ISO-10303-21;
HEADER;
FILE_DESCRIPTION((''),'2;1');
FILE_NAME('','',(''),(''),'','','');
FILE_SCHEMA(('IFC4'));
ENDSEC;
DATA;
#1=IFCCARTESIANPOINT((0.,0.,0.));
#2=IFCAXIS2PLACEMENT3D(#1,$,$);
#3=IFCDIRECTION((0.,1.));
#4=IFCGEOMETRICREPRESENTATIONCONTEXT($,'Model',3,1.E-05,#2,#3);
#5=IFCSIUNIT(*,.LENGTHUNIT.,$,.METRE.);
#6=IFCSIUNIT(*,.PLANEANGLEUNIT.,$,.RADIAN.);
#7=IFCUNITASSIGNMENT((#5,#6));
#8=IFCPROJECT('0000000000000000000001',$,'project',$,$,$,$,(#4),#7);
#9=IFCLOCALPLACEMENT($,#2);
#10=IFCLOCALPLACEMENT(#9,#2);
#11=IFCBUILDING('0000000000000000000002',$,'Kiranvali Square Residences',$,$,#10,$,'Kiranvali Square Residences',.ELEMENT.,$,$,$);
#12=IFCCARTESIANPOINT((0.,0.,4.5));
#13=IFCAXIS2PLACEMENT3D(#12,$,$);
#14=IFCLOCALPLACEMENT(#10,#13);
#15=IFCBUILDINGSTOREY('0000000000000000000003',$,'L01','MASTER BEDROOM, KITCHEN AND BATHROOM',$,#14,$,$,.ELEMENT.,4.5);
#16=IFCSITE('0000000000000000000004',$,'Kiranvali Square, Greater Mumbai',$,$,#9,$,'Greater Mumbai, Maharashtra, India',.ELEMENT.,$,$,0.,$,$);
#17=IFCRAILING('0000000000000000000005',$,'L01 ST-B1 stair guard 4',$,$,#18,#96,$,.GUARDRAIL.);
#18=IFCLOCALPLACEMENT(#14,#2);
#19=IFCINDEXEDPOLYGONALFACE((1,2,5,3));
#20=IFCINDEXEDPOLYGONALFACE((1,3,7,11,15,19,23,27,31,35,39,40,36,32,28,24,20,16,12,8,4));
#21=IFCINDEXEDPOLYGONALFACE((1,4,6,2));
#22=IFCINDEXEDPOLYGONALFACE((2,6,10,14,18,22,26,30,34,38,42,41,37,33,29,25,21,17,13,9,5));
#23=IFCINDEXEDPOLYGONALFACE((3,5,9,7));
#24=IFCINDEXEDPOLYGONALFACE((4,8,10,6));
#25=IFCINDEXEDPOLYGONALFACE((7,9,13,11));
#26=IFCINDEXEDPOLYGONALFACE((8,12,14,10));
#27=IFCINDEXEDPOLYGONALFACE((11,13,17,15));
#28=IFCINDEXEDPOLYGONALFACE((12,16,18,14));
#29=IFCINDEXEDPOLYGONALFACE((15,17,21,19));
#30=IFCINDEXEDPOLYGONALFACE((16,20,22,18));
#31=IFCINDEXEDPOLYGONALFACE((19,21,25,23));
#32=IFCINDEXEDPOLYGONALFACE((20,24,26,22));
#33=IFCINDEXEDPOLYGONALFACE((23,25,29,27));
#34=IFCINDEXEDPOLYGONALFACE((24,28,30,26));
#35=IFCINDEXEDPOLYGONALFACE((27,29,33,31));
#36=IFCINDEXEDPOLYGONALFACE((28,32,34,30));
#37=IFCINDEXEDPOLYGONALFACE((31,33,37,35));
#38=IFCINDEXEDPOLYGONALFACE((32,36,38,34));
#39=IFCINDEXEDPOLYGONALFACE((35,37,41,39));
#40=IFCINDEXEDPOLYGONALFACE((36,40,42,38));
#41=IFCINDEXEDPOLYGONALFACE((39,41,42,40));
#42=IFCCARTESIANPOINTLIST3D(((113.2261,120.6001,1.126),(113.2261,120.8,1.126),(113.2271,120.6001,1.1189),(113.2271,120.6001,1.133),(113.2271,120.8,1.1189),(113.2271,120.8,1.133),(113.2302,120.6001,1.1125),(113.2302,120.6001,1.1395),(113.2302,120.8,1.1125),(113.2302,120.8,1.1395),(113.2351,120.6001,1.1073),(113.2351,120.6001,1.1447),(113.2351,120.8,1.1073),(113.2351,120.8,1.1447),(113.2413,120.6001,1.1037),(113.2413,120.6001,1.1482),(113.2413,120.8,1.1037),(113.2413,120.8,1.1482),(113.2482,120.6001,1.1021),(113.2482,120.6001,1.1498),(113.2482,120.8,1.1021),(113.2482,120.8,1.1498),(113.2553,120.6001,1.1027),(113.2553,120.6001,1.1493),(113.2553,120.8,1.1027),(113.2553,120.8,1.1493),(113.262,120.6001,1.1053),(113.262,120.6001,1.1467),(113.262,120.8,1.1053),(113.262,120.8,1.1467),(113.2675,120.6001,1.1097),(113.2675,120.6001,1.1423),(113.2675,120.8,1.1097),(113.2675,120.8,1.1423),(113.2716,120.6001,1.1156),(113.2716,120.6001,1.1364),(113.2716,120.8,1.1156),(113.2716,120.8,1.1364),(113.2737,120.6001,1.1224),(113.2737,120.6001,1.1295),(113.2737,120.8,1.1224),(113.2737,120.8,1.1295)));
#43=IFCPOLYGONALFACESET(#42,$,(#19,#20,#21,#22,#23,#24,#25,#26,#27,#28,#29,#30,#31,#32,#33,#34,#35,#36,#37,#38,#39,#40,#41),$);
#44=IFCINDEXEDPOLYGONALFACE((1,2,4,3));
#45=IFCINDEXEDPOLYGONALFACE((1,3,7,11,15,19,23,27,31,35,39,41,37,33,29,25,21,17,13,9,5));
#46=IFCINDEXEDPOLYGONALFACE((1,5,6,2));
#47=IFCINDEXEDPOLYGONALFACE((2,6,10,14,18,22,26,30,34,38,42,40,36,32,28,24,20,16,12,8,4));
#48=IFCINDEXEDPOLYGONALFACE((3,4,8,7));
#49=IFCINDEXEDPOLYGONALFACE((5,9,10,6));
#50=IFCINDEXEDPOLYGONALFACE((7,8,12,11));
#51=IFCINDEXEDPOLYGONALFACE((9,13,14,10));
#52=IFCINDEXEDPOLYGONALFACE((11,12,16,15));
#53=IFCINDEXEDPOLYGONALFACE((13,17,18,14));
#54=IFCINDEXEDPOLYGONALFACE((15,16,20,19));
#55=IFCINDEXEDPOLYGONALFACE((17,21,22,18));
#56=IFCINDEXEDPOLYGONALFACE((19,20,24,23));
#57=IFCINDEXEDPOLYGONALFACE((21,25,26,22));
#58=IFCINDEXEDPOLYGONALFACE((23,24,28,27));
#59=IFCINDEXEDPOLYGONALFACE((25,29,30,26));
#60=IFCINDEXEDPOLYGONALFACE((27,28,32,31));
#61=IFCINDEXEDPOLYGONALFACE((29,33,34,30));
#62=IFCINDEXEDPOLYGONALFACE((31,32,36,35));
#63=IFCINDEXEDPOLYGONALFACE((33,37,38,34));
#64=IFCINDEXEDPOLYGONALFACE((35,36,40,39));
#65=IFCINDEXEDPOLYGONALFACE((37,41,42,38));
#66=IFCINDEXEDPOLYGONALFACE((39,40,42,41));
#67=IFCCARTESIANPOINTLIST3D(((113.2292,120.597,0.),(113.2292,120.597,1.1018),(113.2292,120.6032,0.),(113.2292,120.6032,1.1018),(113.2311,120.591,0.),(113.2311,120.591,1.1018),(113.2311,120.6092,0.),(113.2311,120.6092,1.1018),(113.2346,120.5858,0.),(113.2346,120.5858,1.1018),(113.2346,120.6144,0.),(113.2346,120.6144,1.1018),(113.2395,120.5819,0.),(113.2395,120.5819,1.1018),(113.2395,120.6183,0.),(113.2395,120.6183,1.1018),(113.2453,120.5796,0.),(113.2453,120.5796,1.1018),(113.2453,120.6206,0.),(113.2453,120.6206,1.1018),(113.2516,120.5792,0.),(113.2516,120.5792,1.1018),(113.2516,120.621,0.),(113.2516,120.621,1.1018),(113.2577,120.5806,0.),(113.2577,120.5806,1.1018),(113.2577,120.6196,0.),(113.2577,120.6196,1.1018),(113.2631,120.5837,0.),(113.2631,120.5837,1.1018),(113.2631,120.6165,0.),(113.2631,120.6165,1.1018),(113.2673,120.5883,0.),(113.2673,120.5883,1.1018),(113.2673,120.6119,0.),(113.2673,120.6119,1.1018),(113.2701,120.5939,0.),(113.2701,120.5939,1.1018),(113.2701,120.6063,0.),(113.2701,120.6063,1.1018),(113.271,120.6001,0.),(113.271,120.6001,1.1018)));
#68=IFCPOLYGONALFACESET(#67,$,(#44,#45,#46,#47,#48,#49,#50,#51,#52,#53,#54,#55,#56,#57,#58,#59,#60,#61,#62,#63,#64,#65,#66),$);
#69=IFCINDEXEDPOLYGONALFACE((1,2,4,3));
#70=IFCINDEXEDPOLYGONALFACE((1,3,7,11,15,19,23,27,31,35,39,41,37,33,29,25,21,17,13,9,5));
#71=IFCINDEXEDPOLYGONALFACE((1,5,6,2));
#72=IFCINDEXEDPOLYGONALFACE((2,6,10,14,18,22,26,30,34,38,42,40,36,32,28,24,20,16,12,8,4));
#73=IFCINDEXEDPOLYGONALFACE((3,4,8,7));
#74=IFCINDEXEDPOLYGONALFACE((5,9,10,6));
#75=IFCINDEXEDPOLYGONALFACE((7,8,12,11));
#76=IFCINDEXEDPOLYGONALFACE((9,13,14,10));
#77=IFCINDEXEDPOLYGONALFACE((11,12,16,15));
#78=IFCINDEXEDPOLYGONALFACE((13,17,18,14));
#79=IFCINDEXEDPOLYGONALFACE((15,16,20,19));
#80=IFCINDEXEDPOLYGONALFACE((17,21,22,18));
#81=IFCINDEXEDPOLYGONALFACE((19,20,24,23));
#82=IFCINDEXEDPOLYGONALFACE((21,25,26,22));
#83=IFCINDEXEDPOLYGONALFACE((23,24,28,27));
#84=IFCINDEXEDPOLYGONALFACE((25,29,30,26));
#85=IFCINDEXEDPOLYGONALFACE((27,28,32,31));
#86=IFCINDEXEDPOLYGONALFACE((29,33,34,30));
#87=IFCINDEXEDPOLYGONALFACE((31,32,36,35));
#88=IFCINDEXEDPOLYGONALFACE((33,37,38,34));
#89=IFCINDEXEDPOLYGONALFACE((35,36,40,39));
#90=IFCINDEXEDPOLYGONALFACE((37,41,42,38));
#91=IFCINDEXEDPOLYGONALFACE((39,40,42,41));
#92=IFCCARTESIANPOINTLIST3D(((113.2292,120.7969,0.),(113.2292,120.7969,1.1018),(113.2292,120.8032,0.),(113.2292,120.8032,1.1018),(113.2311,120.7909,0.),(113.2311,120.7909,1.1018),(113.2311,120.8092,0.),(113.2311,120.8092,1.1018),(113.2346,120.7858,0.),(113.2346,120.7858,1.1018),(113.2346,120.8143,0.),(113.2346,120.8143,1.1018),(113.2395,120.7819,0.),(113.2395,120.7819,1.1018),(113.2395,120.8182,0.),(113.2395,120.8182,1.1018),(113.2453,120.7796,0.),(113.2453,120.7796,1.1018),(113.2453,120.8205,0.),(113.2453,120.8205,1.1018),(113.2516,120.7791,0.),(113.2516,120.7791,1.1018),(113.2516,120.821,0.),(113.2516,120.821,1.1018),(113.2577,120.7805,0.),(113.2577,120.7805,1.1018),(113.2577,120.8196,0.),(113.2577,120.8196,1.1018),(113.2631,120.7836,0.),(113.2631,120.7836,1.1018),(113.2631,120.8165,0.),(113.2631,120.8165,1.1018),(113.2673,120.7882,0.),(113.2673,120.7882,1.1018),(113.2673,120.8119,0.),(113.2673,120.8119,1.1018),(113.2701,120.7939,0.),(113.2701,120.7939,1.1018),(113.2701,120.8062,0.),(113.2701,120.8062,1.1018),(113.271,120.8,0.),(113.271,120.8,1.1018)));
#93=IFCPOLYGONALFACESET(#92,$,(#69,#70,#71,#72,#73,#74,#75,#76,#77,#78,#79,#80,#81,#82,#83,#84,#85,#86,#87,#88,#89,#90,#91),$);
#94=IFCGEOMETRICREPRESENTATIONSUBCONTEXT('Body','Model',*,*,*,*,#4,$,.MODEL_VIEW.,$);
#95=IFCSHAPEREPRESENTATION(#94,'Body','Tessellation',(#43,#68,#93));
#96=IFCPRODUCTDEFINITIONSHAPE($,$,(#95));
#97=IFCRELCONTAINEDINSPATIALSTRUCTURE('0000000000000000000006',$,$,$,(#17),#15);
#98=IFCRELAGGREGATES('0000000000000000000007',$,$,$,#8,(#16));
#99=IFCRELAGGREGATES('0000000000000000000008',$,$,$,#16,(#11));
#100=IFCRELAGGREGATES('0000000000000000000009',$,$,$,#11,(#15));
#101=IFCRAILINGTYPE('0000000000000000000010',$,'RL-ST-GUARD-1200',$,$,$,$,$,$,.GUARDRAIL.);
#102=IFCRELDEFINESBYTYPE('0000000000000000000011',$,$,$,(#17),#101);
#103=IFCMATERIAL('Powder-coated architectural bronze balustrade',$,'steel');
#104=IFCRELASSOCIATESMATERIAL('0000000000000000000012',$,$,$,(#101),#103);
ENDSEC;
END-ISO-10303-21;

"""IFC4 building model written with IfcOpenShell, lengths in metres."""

from ifc_helpers import new_model, si_unit, direction, frame, origin, origin_2d, place, context, subcontext, project, spatial, circle, extrude, material, type_object, element, save


model = new_model("IFC4")

# Units and contexts
model_context = context("Model", 3, precision=1e-05, world=origin(), true_north=direction((0.0, 1.0)))
body_context = subcontext(model_context, "Body", "Model", "MODEL_VIEW")
ifc_project = project(units=[si_unit("LENGTHUNIT", "METRE"), si_unit("PLANEANGLEUNIT", "RADIAN")], contexts=[model_context])

# Site, building, storey
site_placement = place(None, origin())
site = spatial("IfcSite", under=ifc_project, at=site_placement, Name="Kiranvali Square, Greater Mumbai", LongName="Greater Mumbai, Maharashtra, India", CompositionType="ELEMENT", RefElevation=0.0)
building_placement = place(site_placement, origin())
building = spatial("IfcBuilding", under=site, at=building_placement, Name="Kiranvali Square Residences", LongName="Kiranvali Square Residences", CompositionType="ELEMENT")
storey_placement = place(building_placement, frame((0.0, 0.0, 4.5)))
storey = spatial("IfcBuildingStorey", under=building, at=storey_placement, Name="L01", Description="MASTER BEDROOM, KITCHEN AND BATHROOM", CompositionType="ELEMENT", Elevation=4.5)

# Railing
ifc_material_1 = material(Name="Powder-coated architectural bronze balustrade", Category="steel")
railing_type_1 = type_object("IfcRailingType", Name="RL-ST-GUARD-1200", PredefinedType="GUARDRAIL", material=ifc_material_1)
railing_1_placement = place(storey_placement, frame((113.25, 120.6001, 0.0)))
element("IfcRailing", 1, at=railing_1_placement, inside=storey, type_object=railing_type_1, Name="L01 ST-B1 stair guard 4", PredefinedType="GUARDRAIL", context=body_context, shape_type="SweptSolid", body=[
    extrude(circle(Radius=0.0239, at=origin_2d()), frame((0.0, 0.0, 1.126), z_axis=(0.0, 1.0, 0.0), x_axis=(-1.0, 0.0, 0.0)), (0.0, 0.0, 1.0), 0.2),
    extrude(circle(Radius=0.021, at=origin_2d()), origin(), (0.0, 0.0, 1.0), 1.1018),
    extrude(circle(Radius=0.021, at=origin_2d()), frame((0.0, 0.2, 0.0)), (0.0, 0.0, 1.0), 1.1018),
])

save(model, "model.ifc")
